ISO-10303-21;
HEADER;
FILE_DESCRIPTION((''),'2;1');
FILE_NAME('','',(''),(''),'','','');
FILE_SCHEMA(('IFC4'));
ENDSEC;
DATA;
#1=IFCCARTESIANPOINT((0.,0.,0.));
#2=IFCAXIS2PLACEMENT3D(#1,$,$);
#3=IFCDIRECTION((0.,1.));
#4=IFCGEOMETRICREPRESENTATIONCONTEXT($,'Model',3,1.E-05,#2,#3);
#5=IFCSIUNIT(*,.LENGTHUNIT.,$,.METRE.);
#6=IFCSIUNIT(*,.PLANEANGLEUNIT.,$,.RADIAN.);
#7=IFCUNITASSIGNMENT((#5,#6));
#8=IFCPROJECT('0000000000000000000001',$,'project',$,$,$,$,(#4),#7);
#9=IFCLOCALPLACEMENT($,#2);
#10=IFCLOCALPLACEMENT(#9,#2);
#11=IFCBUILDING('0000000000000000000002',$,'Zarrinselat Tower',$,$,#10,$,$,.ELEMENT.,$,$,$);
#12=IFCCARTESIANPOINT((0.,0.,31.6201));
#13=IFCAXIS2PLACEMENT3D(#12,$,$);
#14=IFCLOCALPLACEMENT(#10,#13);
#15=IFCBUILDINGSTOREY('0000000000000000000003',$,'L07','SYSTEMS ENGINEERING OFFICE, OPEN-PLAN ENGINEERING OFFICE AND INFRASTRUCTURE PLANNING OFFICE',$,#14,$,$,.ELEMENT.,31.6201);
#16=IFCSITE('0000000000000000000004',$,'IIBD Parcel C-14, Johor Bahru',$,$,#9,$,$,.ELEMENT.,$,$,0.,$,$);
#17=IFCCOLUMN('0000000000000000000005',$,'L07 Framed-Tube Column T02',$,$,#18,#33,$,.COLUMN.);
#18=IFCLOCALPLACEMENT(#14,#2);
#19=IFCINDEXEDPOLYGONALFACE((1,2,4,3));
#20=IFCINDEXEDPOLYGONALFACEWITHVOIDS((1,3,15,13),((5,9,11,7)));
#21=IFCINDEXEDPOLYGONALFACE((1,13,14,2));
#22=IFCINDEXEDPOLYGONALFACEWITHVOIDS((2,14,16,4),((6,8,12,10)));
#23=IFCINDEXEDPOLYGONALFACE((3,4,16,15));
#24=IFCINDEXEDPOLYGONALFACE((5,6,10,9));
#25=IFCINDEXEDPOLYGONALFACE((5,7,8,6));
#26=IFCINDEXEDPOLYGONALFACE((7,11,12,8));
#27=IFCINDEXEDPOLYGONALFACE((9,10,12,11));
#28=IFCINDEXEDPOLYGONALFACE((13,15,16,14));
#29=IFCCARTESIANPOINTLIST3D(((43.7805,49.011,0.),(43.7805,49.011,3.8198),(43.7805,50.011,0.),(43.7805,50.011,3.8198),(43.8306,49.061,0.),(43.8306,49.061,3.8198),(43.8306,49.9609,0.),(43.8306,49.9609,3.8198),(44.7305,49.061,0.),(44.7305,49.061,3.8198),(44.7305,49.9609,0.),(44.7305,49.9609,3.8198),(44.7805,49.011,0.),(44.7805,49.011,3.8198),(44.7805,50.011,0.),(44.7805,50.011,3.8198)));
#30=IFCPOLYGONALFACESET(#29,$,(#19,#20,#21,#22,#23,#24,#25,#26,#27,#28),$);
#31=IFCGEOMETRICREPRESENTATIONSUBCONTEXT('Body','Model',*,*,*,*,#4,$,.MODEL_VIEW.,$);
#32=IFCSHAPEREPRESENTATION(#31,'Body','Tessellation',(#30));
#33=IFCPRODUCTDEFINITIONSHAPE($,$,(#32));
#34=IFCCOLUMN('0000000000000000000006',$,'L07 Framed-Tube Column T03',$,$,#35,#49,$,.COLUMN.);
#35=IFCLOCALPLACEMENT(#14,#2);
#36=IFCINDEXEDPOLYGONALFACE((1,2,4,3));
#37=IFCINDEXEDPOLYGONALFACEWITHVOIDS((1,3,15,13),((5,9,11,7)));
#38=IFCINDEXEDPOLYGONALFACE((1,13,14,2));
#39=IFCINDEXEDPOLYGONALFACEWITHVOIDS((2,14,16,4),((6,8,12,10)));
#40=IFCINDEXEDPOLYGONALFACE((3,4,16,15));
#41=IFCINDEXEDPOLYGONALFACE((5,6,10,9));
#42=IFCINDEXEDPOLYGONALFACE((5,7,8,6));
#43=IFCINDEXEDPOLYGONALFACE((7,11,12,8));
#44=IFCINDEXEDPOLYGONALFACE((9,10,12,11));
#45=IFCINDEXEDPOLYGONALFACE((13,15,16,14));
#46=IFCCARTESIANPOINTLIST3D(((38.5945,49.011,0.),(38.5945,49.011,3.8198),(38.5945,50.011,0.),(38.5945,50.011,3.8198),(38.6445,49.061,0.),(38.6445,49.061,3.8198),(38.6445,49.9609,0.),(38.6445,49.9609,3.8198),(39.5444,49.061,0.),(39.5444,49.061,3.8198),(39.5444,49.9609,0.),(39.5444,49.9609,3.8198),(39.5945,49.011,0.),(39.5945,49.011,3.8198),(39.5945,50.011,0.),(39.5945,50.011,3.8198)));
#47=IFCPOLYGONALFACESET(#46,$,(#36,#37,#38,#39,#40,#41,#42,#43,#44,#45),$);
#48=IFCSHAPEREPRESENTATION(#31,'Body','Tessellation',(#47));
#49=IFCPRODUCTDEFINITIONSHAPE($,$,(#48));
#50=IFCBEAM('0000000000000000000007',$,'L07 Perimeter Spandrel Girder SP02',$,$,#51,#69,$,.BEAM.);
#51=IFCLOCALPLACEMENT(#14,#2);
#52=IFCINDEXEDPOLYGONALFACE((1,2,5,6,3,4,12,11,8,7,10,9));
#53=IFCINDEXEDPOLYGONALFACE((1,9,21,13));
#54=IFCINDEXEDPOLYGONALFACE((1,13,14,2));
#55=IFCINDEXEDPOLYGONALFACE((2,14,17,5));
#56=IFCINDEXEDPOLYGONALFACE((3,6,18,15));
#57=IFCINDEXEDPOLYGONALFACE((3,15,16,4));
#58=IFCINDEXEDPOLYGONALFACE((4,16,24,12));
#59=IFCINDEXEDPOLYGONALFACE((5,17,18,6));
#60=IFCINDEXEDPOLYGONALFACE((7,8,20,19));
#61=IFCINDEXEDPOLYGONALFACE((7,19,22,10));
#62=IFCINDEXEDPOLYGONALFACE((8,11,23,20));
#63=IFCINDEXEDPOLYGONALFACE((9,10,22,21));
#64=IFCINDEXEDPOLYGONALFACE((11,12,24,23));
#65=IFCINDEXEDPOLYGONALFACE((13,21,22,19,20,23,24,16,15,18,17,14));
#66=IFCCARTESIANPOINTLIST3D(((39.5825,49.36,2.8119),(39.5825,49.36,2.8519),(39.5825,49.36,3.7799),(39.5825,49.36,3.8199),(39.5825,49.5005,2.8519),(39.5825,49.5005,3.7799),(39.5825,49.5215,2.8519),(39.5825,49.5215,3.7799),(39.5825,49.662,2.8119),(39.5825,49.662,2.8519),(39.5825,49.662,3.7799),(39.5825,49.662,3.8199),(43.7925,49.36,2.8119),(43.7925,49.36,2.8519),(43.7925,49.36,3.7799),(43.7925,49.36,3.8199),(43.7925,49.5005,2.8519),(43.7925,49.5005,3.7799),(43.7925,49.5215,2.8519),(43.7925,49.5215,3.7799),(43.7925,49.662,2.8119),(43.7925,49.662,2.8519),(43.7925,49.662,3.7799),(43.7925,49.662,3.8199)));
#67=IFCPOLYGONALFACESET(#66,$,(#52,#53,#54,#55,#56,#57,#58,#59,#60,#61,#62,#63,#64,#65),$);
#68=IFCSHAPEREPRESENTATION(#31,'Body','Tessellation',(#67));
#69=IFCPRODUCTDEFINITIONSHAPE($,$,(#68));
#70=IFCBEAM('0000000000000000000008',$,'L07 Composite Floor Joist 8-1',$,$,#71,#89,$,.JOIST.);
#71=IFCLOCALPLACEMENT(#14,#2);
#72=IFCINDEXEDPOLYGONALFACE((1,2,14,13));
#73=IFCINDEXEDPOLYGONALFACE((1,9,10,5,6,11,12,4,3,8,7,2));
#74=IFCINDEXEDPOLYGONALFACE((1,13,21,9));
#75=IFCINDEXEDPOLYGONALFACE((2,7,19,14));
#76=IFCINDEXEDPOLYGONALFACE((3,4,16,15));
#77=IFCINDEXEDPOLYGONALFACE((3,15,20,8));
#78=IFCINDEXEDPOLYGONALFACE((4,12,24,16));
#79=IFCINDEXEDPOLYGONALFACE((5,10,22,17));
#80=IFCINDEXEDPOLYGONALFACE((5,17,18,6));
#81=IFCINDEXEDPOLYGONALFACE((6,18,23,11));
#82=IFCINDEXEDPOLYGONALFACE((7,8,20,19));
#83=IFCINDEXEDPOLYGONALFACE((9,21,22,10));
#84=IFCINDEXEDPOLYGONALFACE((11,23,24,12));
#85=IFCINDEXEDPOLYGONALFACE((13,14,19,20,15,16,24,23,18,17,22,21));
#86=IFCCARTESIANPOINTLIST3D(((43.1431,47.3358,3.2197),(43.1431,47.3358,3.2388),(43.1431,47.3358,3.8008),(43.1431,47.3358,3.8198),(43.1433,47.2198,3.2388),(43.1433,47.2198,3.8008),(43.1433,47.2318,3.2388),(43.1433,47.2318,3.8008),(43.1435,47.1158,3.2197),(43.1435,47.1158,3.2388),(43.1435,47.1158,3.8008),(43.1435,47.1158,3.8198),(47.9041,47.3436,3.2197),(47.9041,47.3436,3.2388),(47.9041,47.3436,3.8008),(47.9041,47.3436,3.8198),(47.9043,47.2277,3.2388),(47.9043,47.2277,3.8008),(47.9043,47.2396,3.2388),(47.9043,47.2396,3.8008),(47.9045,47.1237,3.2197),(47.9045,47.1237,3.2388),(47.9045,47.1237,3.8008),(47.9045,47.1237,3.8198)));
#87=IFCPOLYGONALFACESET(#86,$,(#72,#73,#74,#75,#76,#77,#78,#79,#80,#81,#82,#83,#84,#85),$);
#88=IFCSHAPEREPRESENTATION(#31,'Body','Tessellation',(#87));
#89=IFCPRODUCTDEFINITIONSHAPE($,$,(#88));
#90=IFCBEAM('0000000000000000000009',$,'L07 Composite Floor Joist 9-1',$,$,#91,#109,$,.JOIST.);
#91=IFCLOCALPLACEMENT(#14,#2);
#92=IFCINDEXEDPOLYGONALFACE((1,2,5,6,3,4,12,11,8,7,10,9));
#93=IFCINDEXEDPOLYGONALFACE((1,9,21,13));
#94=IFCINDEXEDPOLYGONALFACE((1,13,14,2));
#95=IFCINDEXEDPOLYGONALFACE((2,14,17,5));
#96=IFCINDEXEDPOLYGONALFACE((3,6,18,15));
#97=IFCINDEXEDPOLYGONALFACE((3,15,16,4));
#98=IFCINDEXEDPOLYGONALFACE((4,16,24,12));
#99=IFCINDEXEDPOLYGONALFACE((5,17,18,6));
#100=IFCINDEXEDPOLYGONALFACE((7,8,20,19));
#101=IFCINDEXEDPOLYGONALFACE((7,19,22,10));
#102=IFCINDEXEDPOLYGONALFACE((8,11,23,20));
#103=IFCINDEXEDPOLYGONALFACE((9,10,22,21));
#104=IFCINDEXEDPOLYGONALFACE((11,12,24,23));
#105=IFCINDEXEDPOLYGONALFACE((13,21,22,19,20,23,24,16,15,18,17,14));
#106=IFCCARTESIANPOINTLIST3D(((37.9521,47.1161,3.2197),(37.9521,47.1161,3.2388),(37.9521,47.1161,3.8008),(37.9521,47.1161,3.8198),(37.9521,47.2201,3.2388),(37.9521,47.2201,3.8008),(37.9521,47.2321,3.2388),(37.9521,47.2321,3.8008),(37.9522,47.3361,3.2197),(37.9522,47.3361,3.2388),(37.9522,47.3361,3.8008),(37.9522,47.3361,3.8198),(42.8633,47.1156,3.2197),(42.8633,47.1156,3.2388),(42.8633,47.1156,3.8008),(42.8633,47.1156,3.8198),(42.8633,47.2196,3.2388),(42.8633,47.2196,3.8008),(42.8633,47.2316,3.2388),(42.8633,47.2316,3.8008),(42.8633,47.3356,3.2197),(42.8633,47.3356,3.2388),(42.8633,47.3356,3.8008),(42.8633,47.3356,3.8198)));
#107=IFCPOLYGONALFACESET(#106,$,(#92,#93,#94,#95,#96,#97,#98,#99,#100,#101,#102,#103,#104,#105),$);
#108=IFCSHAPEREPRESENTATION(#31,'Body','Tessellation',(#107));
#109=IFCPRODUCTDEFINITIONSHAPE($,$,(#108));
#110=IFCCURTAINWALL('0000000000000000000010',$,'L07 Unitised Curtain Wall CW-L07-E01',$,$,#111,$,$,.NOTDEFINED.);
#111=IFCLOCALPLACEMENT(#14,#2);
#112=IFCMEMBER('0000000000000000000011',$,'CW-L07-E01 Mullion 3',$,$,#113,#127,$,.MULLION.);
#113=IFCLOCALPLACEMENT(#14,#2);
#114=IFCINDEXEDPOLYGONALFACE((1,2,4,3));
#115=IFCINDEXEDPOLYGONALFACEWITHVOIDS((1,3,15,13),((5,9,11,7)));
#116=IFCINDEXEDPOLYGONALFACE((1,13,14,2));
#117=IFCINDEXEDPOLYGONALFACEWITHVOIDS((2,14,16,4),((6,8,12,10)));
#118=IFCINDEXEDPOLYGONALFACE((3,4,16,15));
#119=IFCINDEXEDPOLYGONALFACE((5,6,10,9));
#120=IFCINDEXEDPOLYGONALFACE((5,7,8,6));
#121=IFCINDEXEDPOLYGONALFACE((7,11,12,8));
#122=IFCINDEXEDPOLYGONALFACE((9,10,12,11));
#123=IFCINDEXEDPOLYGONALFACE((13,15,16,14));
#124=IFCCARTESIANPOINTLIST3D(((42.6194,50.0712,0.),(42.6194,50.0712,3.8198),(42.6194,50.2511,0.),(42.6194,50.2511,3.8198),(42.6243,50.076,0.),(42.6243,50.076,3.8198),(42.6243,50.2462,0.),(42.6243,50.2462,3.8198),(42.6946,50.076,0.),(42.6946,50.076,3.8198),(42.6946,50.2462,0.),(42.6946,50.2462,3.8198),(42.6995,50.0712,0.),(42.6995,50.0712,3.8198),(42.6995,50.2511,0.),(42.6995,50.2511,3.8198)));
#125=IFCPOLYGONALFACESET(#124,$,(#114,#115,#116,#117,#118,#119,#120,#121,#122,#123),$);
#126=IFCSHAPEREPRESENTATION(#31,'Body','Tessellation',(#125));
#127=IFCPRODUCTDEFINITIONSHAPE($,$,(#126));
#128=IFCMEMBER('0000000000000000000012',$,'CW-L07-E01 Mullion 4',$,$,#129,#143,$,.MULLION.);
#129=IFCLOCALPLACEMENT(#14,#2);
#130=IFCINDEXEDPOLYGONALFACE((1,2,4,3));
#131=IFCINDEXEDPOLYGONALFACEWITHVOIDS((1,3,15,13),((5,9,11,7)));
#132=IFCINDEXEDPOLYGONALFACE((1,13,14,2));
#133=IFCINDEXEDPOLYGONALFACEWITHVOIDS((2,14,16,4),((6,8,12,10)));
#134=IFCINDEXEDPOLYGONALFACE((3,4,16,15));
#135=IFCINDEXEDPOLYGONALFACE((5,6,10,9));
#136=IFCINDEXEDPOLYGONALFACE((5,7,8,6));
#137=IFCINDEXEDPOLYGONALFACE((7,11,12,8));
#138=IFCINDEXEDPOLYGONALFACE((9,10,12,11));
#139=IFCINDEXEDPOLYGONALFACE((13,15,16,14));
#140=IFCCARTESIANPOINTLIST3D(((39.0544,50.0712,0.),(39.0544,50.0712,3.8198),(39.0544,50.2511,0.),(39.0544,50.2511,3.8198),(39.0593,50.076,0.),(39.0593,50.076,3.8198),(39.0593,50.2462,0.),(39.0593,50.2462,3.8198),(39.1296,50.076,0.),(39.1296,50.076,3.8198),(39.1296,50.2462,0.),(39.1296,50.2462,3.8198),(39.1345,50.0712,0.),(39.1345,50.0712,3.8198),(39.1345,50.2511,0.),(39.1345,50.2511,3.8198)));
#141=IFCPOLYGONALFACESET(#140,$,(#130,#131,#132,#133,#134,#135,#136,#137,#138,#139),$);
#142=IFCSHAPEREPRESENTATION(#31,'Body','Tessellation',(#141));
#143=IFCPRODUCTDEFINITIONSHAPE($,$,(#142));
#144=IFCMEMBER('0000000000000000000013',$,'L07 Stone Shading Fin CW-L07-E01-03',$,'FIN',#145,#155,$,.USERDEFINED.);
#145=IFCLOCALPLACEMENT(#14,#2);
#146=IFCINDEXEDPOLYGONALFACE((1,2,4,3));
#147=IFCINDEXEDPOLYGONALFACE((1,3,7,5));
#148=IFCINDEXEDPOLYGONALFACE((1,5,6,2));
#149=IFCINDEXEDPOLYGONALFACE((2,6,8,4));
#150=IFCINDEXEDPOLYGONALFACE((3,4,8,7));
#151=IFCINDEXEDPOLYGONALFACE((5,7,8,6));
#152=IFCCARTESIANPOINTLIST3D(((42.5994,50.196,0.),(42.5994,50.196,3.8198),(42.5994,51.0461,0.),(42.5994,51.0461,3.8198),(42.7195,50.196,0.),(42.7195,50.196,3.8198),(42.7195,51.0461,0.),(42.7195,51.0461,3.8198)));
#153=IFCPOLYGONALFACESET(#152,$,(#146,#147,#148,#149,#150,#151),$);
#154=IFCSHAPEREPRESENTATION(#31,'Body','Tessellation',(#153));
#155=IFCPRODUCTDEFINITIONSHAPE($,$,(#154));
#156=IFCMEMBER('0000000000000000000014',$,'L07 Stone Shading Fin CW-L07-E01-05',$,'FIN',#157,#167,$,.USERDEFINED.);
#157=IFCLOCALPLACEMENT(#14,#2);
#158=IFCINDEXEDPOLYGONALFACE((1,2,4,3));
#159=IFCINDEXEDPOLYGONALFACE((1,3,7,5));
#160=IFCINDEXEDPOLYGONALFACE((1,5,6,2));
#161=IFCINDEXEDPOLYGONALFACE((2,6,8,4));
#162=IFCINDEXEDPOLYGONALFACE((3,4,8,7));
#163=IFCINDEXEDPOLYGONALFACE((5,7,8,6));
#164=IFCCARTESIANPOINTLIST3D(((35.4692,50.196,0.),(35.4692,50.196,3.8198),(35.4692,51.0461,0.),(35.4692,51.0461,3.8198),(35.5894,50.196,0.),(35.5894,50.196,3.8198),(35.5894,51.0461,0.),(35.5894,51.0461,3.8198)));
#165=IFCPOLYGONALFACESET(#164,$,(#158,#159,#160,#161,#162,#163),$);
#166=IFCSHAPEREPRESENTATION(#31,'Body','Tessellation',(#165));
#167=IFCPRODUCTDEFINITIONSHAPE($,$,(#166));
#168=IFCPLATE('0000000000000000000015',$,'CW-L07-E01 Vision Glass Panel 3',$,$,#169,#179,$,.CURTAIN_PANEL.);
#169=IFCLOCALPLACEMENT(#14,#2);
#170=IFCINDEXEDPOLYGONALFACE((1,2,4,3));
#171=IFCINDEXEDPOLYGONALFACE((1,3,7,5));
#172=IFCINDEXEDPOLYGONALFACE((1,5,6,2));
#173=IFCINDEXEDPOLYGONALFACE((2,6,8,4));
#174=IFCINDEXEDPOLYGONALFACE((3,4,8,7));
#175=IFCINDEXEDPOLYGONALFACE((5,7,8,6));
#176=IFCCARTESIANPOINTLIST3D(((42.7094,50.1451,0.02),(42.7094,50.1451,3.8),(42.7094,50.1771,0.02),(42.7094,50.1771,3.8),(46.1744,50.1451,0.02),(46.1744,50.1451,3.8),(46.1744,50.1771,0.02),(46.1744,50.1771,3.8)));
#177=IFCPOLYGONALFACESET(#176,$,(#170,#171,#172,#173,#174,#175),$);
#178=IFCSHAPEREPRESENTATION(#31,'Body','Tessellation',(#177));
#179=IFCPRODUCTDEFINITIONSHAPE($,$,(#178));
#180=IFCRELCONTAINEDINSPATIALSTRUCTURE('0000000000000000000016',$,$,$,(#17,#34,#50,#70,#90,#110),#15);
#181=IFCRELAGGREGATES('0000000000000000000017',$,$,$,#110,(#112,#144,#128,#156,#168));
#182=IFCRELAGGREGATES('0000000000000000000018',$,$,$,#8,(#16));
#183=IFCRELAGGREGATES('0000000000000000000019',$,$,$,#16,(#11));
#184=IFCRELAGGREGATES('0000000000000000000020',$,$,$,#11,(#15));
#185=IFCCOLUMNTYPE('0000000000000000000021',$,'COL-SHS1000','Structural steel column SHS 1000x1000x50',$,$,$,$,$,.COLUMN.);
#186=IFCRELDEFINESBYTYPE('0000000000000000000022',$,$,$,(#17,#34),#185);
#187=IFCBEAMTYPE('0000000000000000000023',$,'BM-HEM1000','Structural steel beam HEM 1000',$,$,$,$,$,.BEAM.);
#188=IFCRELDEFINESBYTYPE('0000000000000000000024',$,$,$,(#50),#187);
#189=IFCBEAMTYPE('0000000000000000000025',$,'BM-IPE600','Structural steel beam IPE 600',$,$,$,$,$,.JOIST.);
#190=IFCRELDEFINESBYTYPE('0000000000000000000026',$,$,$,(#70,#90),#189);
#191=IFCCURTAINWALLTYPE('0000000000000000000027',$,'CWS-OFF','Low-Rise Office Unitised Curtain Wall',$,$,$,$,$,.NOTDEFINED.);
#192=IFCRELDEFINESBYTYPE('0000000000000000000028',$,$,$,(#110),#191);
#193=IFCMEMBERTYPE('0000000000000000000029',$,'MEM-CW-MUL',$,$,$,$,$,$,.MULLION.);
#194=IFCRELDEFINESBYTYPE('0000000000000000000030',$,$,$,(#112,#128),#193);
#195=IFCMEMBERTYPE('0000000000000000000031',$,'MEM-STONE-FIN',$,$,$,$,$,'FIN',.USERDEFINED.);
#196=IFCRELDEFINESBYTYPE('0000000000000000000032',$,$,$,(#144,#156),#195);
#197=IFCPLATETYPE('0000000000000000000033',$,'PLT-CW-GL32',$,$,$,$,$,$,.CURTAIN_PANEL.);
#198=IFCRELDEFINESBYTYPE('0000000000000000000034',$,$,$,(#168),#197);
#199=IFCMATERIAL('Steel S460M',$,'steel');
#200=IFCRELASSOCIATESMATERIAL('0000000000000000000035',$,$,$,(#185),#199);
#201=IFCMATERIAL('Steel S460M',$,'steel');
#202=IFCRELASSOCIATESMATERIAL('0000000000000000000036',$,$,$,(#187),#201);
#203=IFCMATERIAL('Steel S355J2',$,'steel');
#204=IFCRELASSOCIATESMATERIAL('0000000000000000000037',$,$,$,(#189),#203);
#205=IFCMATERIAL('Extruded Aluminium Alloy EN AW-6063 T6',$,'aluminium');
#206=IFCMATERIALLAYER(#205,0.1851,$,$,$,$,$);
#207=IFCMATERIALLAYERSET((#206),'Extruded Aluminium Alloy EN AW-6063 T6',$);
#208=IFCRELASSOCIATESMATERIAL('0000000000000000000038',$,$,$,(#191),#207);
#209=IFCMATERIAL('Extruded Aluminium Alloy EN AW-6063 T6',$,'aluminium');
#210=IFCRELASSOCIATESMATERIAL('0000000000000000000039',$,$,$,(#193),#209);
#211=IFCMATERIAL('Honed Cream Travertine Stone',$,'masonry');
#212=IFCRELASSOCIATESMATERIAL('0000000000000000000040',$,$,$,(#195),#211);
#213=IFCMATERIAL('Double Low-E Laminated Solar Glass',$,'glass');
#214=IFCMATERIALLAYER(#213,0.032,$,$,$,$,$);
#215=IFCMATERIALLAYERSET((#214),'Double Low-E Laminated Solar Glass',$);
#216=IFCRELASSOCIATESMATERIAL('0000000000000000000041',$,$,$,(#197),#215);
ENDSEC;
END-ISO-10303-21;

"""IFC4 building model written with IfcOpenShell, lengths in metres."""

from ifc_helpers import new_model, si_unit, direction, frame, origin, origin_2d, place, context, subcontext, project, spatial, rectangle, hollow_rectangle, i_section, extrude, material, layer, layer_set, material_profile, profile_set, type_object, element, aggregate, save


model = new_model("IFC4")

# Units and contexts
model_context = context("Model", 3, precision=1e-05, world=origin(), true_north=direction((0.0, 1.0)))
body_context = subcontext(model_context, "Body", "Model", "MODEL_VIEW")
ifc_project = project(units=[si_unit("LENGTHUNIT", "METRE"), si_unit("PLANEANGLEUNIT", "RADIAN")], contexts=[model_context])

# Site, building, storey
site_placement = place(None, origin())
site = spatial("IfcSite", under=ifc_project, at=site_placement, Name="IIBD Parcel C-14, Johor Bahru", CompositionType="ELEMENT", RefElevation=0.0)
building_placement = place(site_placement, origin())
building = spatial("IfcBuilding", under=site, at=building_placement, Name="Zarrinselat Tower", CompositionType="ELEMENT")
storey_placement = place(building_placement, frame((0.0, 0.0, 31.6201)))
storey = spatial("IfcBuildingStorey", under=building, at=storey_placement, Name="L07", Description="SYSTEMS ENGINEERING OFFICE, OPEN-PLAN ENGINEERING OFFICE AND INFRASTRUCTURE PLANNING OFFICE", CompositionType="ELEMENT", Elevation=31.6201)

# Columns
ifc_material_1 = material(Name="Steel S460M", Category="steel")
ifc_material_profile_1 = material_profile(ifc_material_1, hollow_rectangle(XDim=1.0, YDim=1.0, WallThickness=0.05, at=origin_2d()), Name="SHS 1000x1000x50")
ifc_profile_set_1 = profile_set([ifc_material_profile_1], Name="Steel S460M")
column_type = type_object("IfcColumnType", Name="COL-SHS1000", Description="Structural steel column SHS 1000x1000x50", PredefinedType="COLUMN", material=ifc_profile_set_1)
for number, where, z_axis, x_axis, name in (
    (1, (44.2805, 49.511, 0.0), (0.0, 0.0, 1.0), (1.0, 0.0, 0.0), "L07 Framed-Tube Column T02"),
    (2, (39.0945, 49.511, 0.0), (0.0, 0.0, 1.0), (1.0, 0.0, 0.0), "L07 Framed-Tube Column T03"),
):
    element("IfcColumn", number, at=place(storey_placement, frame(where, z_axis=z_axis, x_axis=x_axis)), inside=storey, type_object=column_type, Name=name, PredefinedType="COLUMN", context=body_context, shape_type="SweptSolid", body=[
        extrude(hollow_rectangle(XDim=1.0, YDim=1.0, WallThickness=0.05, at=origin_2d()), origin(), (0.0, 0.0, 1.0), 3.8198),
    ])

# Beams
ifc_material_2 = material(Name="Steel S460M", Category="steel")
ifc_material_profile_2 = material_profile(ifc_material_2, i_section(OverallWidth=0.302, OverallDepth=1.0081, WebThickness=0.021, FlangeThickness=0.04, at=origin_2d()), Name="HEM 1000")
ifc_profile_set_2 = profile_set([ifc_material_profile_2], Name="Steel S460M")
beam_type_1 = type_object("IfcBeamType", Name="BM-HEM1000", Description="Structural steel beam HEM 1000", PredefinedType="BEAM", material=ifc_profile_set_2)
beam_1_placement = place(storey_placement, frame((39.5825, 49.511, 3.3159), z_axis=(1.0, 0.0, 0.0), x_axis=(0.0, 1.0, 0.0)))
element("IfcBeam", 3, at=beam_1_placement, inside=storey, type_object=beam_type_1, Name="L07 Perimeter Spandrel Girder SP02", PredefinedType="BEAM", context=body_context, shape_type="SweptSolid", body=[
    extrude(i_section(OverallWidth=0.302, OverallDepth=1.0081, WebThickness=0.021, FlangeThickness=0.04, at=origin_2d()), origin(), (0.0, 0.0, 1.0), 4.21),
])
ifc_material_3 = material(Name="Steel S355J2", Category="steel")
ifc_material_profile_3 = material_profile(ifc_material_3, i_section(OverallWidth=0.22, OverallDepth=0.6001, WebThickness=0.012, FlangeThickness=0.019, at=origin_2d()), Name="IPE 600")
ifc_profile_set_3 = profile_set([ifc_material_profile_3], Name="Steel S355J2")
beam_type_2 = type_object("IfcBeamType", Name="BM-IPE600", Description="Structural steel beam IPE 600", PredefinedType="JOIST", material=ifc_profile_set_3)
beam_2_placement = place(storey_placement, frame((43.1433, 47.2258, 3.5198), z_axis=(0.999999, 0.001641, 0.0), x_axis=(-0.001641, 0.999999, 0.0)))
element("IfcBeam", 4, at=beam_2_placement, inside=storey, type_object=beam_type_2, Name="L07 Composite Floor Joist 8-1", PredefinedType="JOIST", context=body_context, shape_type="SweptSolid", body=[
    extrude(i_section(OverallWidth=0.22, OverallDepth=0.6001, WebThickness=0.012, FlangeThickness=0.019, at=origin_2d()), origin(), (0.0, 0.0, 1.0), 4.761),
])
beam_3_placement = place(storey_placement, frame((37.9521, 47.2261, 3.5198), z_axis=(1.0, -0.000099, 0.0), x_axis=(0.000099, 1.0, 0.0)))
element("IfcBeam", 5, at=beam_3_placement, inside=storey, type_object=beam_type_2, Name="L07 Composite Floor Joist 9-1", PredefinedType="JOIST", context=body_context, shape_type="SweptSolid", body=[
    extrude(i_section(OverallWidth=0.22, OverallDepth=0.6001, WebThickness=0.012, FlangeThickness=0.019, at=origin_2d()), origin(), (0.0, 0.0, 1.0), 4.9111),
])

# Curtain wall, members, plate
ifc_material_4 = material(Name="Extruded Aluminium Alloy EN AW-6063 T6", Category="aluminium")
ifc_layer_1 = layer(ifc_material_4, 0.1851)
ifc_layer_set_1 = layer_set([ifc_layer_1], Name="Extruded Aluminium Alloy EN AW-6063 T6")
curtain_wall_type = type_object("IfcCurtainWallType", Name="CWS-OFF", Description="Low-Rise Office Unitised Curtain Wall", PredefinedType="NOTDEFINED", material=ifc_layer_set_1)
curtain_wall_placement = place(storey_placement, origin())
curtain_wall = element("IfcCurtainWall", 6, at=curtain_wall_placement, inside=storey, type_object=curtain_wall_type, Name="L07 Unitised Curtain Wall CW-L07-E01", PredefinedType="NOTDEFINED")
ifc_material_5 = material(Name="Extruded Aluminium Alloy EN AW-6063 T6", Category="aluminium")
ifc_material_profile_4 = material_profile(ifc_material_5, hollow_rectangle(XDim=0.0801, YDim=0.1799, WallThickness=0.0049, at=origin_2d()), Name="RHS 180x80x5")
ifc_profile_set_4 = profile_set([ifc_material_profile_4], Name="Extruded Aluminium Alloy EN AW-6063 T6")
member_type_1 = type_object("IfcMemberType", Name="MEM-CW-MUL", PredefinedType="MULLION", material=ifc_profile_set_4)
member_1_placement = place(storey_placement, frame((42.6594, 50.1611, 0.0), z_axis=(0.0, 0.0, 1.0), x_axis=(-1.0, 0.0, 0.0)))
member_1 = element("IfcMember", 7, at=member_1_placement, type_object=member_type_1, Name="CW-L07-E01 Mullion 3", PredefinedType="MULLION", context=body_context, shape_type="SweptSolid", body=[
    extrude(hollow_rectangle(XDim=0.0801, YDim=0.1799, WallThickness=0.0049, at=origin_2d()), origin(), (0.0, 0.0, 1.0), 3.8198),
])
member_2_placement = place(storey_placement, frame((39.0945, 50.1611, 0.0), z_axis=(0.0, 0.0, 1.0), x_axis=(-1.0, 0.0, 0.0)))
member_2 = element("IfcMember", 8, at=member_2_placement, type_object=member_type_1, Name="CW-L07-E01 Mullion 4", PredefinedType="MULLION", context=body_context, shape_type="SweptSolid", body=[
    extrude(hollow_rectangle(XDim=0.0801, YDim=0.1799, WallThickness=0.0049, at=origin_2d()), origin(), (0.0, 0.0, 1.0), 3.8198),
])
ifc_material_6 = material(Name="Honed Cream Travertine Stone", Category="masonry")
ifc_material_profile_5 = material_profile(ifc_material_6, rectangle(XDim=0.1201, YDim=0.8501, at=origin_2d()), Name="FIN 850x120")
ifc_profile_set_5 = profile_set([ifc_material_profile_5], Name="Honed Cream Travertine Stone")
member_type_2 = type_object("IfcMemberType", Name="MEM-STONE-FIN", ElementType="FIN", PredefinedType="USERDEFINED", material=ifc_profile_set_5)
member_3_placement = place(storey_placement, frame((42.6594, 50.6211, 0.0), z_axis=(0.0, 0.0, 1.0), x_axis=(1.0, 0.0, 0.0)))
member_3 = element("IfcMember", 9, at=member_3_placement, type_object=member_type_2, Name="L07 Stone Shading Fin CW-L07-E01-03", ObjectType="FIN", PredefinedType="USERDEFINED", context=body_context, shape_type="SweptSolid", body=[
    extrude(rectangle(XDim=0.1201, YDim=0.8501, at=origin_2d()), origin(), (0.0, 0.0, 1.0), 3.8198),
])
member_4_placement = place(storey_placement, frame((35.5293, 50.6211, 0.0), z_axis=(0.0, 0.0, 1.0), x_axis=(1.0, 0.0, 0.0)))
member_4 = element("IfcMember", 10, at=member_4_placement, type_object=member_type_2, Name="L07 Stone Shading Fin CW-L07-E01-05", ObjectType="FIN", PredefinedType="USERDEFINED", context=body_context, shape_type="SweptSolid", body=[
    extrude(rectangle(XDim=0.1201, YDim=0.8501, at=origin_2d()), origin(), (0.0, 0.0, 1.0), 3.8198),
])
ifc_material_7 = material(Name="Double Low-E Laminated Solar Glass", Category="glass")
ifc_layer_2 = layer(ifc_material_7, 0.032)
ifc_layer_set_2 = layer_set([ifc_layer_2], Name="Double Low-E Laminated Solar Glass")
plate_type = type_object("IfcPlateType", Name="PLT-CW-GL32", PredefinedType="CURTAIN_PANEL", material=ifc_layer_set_2)
plate_1_placement = place(storey_placement, frame((44.4419, 50.1611, 0.02), z_axis=(0.0, 0.0, 1.0), x_axis=(-1.0, 0.0, 0.0)))
plate_1 = element("IfcPlate", 11, at=plate_1_placement, type_object=plate_type, Name="CW-L07-E01 Vision Glass Panel 3", PredefinedType="CURTAIN_PANEL", context=body_context, shape_type="SweptSolid", body=[
    extrude(rectangle(XDim=3.4651, YDim=0.032, at=origin_2d()), origin(), (0.0, 0.0, 1.0), 3.78),
])
aggregate(curtain_wall, [member_1, member_3, member_2, member_4, plate_1])

save(model, "model.ifc")
